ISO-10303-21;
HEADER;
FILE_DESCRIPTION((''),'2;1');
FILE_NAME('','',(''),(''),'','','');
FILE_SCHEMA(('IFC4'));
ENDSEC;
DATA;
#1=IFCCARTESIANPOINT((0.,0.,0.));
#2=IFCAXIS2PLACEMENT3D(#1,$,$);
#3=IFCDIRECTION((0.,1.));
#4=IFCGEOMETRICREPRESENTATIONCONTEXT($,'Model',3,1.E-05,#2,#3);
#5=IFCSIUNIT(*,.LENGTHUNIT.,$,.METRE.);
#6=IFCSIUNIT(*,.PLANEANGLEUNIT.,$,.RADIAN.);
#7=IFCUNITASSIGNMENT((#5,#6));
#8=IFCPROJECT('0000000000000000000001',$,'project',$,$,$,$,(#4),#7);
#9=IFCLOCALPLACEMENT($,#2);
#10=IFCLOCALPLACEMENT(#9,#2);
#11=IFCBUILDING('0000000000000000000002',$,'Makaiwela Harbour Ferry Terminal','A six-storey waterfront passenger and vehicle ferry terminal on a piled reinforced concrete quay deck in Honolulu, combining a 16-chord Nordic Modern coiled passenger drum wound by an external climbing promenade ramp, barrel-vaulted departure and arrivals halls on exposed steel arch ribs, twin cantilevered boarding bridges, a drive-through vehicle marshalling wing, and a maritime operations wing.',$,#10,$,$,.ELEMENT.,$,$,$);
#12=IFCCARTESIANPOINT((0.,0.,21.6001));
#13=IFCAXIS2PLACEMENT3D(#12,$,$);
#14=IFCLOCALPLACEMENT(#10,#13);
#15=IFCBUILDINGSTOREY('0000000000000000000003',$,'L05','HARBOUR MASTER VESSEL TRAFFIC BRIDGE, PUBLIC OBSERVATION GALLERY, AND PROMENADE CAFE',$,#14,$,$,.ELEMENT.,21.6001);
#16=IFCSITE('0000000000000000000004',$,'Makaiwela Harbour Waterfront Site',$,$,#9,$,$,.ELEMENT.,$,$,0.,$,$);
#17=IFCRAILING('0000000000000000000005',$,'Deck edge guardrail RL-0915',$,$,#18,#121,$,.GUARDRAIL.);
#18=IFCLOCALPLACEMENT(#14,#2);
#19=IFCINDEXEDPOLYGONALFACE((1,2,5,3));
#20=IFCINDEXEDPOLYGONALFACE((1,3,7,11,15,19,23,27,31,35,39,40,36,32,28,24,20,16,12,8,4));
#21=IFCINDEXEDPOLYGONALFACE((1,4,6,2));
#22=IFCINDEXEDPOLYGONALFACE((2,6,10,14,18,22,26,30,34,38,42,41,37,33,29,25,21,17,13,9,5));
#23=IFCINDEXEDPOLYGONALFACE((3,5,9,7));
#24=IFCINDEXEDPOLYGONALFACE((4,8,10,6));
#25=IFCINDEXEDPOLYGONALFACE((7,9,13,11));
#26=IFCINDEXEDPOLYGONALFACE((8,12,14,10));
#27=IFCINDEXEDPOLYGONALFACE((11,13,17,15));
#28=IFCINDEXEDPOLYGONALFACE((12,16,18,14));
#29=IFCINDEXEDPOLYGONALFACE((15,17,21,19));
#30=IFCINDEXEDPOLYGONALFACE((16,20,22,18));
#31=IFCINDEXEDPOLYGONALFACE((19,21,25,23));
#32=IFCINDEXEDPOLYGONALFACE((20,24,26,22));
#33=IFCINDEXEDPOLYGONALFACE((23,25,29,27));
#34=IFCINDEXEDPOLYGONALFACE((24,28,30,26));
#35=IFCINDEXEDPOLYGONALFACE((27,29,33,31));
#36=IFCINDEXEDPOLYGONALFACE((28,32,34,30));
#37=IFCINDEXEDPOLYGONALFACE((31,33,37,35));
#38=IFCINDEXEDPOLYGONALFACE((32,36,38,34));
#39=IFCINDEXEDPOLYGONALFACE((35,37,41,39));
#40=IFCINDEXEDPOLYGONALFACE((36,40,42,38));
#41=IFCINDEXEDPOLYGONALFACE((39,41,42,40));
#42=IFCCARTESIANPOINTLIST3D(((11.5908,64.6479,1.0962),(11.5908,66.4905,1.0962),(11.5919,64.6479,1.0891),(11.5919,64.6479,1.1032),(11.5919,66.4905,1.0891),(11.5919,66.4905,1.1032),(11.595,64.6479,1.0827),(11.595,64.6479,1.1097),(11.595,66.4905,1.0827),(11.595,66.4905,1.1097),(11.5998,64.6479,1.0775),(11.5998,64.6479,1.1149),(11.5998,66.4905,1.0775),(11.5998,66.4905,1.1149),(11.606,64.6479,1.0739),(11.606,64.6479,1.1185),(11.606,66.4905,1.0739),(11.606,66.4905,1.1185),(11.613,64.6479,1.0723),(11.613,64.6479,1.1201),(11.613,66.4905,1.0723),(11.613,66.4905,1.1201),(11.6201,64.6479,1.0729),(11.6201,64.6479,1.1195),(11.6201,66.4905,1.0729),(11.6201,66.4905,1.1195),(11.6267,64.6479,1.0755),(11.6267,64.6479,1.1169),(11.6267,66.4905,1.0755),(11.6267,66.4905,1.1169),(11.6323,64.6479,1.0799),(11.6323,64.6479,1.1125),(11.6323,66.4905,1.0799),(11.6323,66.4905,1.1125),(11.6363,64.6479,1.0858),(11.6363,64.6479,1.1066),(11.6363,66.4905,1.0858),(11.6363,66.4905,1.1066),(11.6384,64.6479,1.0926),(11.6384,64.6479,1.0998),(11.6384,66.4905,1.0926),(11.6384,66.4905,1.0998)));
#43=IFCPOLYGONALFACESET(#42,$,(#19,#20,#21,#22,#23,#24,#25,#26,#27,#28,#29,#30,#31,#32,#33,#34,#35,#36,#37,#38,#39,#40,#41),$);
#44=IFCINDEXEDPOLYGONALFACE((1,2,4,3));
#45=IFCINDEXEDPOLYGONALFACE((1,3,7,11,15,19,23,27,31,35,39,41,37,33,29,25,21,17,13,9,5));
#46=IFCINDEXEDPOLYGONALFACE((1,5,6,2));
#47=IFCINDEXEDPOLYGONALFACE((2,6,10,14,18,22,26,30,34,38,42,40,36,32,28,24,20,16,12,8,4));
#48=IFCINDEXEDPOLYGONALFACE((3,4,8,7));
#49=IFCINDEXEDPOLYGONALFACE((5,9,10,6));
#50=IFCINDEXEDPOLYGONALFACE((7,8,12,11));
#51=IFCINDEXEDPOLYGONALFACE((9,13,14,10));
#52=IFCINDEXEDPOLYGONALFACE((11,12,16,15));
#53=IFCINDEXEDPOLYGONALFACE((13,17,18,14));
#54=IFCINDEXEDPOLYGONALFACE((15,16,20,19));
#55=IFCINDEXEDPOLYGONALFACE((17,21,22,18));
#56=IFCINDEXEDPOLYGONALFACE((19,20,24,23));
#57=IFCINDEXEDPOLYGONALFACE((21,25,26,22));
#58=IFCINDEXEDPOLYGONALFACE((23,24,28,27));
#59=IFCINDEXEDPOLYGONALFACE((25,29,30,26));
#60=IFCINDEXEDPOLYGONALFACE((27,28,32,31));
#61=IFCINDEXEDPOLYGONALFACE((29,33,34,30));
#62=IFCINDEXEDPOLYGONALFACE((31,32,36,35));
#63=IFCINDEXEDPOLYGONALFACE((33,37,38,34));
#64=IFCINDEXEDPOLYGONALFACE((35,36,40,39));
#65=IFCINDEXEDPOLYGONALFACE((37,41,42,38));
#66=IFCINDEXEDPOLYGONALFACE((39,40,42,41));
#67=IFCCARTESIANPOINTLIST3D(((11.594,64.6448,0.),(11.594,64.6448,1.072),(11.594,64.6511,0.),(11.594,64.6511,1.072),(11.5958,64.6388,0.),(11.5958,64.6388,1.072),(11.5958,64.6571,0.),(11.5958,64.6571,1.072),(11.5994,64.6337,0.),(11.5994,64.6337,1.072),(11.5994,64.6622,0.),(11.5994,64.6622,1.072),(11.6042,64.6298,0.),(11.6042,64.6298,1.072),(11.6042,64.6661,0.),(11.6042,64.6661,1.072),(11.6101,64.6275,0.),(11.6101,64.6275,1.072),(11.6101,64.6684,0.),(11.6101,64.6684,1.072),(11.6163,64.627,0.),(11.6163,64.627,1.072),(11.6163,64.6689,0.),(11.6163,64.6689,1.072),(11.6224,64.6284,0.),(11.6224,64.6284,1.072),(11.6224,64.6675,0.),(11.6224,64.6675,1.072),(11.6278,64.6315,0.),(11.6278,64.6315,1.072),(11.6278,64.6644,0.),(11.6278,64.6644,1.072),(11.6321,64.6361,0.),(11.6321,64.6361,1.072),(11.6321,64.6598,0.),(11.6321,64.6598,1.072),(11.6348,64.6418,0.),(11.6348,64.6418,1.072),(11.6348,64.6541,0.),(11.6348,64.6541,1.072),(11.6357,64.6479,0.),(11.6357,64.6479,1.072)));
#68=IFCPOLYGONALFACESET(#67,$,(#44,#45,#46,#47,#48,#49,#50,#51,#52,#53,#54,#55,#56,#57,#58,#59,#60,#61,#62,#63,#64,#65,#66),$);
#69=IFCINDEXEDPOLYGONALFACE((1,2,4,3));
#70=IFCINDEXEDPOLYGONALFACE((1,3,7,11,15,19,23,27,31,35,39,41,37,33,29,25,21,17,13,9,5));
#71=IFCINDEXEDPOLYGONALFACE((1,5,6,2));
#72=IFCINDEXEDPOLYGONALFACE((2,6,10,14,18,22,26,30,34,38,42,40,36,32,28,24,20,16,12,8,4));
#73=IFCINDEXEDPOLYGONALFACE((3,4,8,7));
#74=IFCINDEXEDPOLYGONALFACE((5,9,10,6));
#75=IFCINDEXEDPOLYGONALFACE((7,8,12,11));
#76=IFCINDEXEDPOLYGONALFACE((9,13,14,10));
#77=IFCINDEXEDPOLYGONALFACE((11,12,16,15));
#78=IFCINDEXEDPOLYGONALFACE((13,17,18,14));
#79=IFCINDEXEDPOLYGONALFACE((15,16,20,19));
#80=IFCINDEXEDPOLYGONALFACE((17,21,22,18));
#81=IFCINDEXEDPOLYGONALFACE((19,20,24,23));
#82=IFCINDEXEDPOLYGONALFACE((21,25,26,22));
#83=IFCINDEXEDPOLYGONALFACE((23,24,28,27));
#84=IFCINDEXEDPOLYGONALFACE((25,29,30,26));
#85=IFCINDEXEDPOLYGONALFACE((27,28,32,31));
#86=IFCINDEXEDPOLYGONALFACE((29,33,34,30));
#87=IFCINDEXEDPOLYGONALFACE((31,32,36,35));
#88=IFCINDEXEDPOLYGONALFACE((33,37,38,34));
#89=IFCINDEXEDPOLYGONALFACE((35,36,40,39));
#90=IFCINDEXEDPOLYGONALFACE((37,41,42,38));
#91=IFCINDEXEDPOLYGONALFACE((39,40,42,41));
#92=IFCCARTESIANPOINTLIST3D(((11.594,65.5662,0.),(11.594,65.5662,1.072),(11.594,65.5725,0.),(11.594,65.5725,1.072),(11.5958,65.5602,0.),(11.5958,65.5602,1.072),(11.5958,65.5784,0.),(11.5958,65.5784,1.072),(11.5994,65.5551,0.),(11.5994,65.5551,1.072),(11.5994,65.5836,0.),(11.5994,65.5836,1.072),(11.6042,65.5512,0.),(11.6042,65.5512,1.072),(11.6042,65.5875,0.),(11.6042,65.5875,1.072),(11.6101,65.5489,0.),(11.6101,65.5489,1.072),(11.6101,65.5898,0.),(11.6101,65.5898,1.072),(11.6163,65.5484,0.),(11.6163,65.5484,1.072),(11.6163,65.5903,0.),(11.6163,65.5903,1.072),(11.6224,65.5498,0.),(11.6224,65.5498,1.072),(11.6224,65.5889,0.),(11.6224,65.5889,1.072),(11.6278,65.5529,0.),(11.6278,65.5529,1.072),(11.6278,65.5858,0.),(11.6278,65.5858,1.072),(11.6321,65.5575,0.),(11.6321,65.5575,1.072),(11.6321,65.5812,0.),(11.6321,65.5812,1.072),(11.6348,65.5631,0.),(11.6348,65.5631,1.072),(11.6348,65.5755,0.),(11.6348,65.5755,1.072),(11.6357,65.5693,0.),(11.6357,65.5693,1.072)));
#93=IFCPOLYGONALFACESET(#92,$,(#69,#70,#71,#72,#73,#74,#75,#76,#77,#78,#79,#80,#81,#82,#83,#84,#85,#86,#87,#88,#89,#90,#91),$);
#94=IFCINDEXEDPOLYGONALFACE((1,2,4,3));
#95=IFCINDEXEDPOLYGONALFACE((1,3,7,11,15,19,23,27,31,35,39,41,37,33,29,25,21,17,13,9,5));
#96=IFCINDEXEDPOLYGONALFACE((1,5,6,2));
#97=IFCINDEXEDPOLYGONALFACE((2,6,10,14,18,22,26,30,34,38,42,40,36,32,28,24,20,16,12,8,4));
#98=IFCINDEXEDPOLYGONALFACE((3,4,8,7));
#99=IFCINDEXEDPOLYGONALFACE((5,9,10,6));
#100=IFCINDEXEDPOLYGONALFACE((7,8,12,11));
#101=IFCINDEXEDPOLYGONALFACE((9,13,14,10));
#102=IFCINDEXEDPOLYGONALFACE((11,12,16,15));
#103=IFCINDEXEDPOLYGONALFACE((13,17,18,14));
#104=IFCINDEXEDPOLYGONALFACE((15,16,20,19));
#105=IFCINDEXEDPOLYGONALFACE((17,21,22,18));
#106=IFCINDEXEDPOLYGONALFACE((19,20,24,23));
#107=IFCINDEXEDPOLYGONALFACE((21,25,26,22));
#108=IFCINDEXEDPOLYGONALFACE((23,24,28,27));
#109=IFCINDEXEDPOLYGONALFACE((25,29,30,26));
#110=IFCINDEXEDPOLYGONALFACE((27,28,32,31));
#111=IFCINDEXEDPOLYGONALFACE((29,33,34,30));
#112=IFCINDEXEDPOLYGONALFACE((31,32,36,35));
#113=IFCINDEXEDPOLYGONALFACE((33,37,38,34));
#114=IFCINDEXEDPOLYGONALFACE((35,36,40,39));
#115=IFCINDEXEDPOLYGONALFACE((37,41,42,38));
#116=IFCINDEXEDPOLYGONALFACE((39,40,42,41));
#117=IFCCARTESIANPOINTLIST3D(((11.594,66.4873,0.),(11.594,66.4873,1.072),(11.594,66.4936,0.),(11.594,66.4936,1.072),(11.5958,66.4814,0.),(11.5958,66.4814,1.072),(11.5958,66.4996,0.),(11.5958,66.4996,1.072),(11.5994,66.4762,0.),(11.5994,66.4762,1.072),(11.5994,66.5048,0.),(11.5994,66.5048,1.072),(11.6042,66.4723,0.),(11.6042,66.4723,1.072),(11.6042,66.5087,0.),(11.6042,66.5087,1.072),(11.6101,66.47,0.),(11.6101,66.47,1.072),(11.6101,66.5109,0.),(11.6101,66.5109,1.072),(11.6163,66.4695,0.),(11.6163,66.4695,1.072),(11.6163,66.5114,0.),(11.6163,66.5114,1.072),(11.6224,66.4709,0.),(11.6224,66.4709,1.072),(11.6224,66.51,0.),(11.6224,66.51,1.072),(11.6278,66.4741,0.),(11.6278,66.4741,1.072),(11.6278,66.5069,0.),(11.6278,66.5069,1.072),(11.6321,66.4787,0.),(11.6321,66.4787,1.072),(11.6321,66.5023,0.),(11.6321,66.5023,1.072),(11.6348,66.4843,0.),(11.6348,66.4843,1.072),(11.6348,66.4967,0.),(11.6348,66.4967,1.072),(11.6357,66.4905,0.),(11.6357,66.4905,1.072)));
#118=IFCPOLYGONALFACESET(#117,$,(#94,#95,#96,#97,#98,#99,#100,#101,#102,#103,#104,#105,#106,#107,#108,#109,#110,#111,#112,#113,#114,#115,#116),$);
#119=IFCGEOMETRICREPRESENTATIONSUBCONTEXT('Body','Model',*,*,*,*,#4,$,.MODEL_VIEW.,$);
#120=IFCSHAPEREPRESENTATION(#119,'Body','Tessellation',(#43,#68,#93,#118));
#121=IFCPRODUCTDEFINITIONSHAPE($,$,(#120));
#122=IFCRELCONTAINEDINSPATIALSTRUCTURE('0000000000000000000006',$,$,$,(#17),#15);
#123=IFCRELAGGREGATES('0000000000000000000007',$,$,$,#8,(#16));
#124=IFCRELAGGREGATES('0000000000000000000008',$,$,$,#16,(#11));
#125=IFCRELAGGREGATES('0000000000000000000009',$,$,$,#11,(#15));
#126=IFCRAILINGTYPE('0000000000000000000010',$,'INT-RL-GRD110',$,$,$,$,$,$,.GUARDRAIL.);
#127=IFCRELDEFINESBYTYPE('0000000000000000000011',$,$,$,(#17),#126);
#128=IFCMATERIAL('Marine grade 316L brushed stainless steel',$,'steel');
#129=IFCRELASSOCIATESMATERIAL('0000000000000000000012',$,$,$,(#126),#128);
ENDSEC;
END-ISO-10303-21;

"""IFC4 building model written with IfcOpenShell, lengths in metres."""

from ifc_helpers import new_model, si_unit, direction, frame, origin, origin_2d, place, context, subcontext, project, spatial, circle, extrude, material, type_object, element, save


model = new_model("IFC4")

# Units and contexts
model_context = context("Model", 3, precision=1e-05, world=origin(), true_north=direction((0.0, 1.0)))
body_context = subcontext(model_context, "Body", "Model", "MODEL_VIEW")
ifc_project = project(units=[si_unit("LENGTHUNIT", "METRE"), si_unit("PLANEANGLEUNIT", "RADIAN")], contexts=[model_context])

# Site, building, storey
site_placement = place(None, origin())
site = spatial("IfcSite", under=ifc_project, at=site_placement, Name="Makaiwela Harbour Waterfront Site", CompositionType="ELEMENT", RefElevation=0.0)
building_placement = place(site_placement, origin())
building = spatial("IfcBuilding", under=site, at=building_placement, Name="Makaiwela Harbour Ferry Terminal", Description="A six-storey waterfront passenger and vehicle ferry terminal on a piled reinforced concrete quay deck in Honolulu, combining a 16-chord Nordic Modern coiled passenger drum wound by an external climbing promenade ramp, barrel-vaulted departure and arrivals halls on exposed steel arch ribs, twin cantilevered boarding bridges, a drive-through vehicle marshalling wing, and a maritime operations wing.", CompositionType="ELEMENT")
storey_placement = place(building_placement, frame((0.0, 0.0, 21.6001)))
storey = spatial("IfcBuildingStorey", under=building, at=storey_placement, Name="L05", Description="HARBOUR MASTER VESSEL TRAFFIC BRIDGE, PUBLIC OBSERVATION GALLERY, AND PROMENADE CAFE", CompositionType="ELEMENT", Elevation=21.6001)

# Railing
ifc_material_1 = material(Name="Marine grade 316L brushed stainless steel", Category="steel")
railing_type = type_object("IfcRailingType", Name="INT-RL-GRD110", PredefinedType="GUARDRAIL", material=ifc_material_1)
railing_1_placement = place(storey_placement, frame((11.6147, 64.6479, 0.0)))
element("IfcRailing", 1, at=railing_1_placement, inside=storey, type_object=railing_type, Name="Deck edge guardrail RL-0915", PredefinedType="GUARDRAIL", context=body_context, shape_type="SweptSolid", body=[
    extrude(circle(Radius=0.0239, at=origin_2d()), frame((0.0, 0.0, 1.0962), z_axis=(0.0, 1.0, 0.0), x_axis=(-1.0, 0.0, 0.0)), (0.0, 0.0, 1.0), 1.8425),
    extrude(circle(Radius=0.021, at=origin_2d()), origin(), (0.0, 0.0, 1.0), 1.072),
    extrude(circle(Radius=0.021, at=origin_2d()), frame((0.0, 0.9214, 0.0)), (0.0, 0.0, 1.0), 1.072),
    extrude(circle(Radius=0.021, at=origin_2d()), frame((0.0, 1.8425, 0.0)), (0.0, 0.0, 1.0), 1.072),
])

save(model, "model.ifc")
